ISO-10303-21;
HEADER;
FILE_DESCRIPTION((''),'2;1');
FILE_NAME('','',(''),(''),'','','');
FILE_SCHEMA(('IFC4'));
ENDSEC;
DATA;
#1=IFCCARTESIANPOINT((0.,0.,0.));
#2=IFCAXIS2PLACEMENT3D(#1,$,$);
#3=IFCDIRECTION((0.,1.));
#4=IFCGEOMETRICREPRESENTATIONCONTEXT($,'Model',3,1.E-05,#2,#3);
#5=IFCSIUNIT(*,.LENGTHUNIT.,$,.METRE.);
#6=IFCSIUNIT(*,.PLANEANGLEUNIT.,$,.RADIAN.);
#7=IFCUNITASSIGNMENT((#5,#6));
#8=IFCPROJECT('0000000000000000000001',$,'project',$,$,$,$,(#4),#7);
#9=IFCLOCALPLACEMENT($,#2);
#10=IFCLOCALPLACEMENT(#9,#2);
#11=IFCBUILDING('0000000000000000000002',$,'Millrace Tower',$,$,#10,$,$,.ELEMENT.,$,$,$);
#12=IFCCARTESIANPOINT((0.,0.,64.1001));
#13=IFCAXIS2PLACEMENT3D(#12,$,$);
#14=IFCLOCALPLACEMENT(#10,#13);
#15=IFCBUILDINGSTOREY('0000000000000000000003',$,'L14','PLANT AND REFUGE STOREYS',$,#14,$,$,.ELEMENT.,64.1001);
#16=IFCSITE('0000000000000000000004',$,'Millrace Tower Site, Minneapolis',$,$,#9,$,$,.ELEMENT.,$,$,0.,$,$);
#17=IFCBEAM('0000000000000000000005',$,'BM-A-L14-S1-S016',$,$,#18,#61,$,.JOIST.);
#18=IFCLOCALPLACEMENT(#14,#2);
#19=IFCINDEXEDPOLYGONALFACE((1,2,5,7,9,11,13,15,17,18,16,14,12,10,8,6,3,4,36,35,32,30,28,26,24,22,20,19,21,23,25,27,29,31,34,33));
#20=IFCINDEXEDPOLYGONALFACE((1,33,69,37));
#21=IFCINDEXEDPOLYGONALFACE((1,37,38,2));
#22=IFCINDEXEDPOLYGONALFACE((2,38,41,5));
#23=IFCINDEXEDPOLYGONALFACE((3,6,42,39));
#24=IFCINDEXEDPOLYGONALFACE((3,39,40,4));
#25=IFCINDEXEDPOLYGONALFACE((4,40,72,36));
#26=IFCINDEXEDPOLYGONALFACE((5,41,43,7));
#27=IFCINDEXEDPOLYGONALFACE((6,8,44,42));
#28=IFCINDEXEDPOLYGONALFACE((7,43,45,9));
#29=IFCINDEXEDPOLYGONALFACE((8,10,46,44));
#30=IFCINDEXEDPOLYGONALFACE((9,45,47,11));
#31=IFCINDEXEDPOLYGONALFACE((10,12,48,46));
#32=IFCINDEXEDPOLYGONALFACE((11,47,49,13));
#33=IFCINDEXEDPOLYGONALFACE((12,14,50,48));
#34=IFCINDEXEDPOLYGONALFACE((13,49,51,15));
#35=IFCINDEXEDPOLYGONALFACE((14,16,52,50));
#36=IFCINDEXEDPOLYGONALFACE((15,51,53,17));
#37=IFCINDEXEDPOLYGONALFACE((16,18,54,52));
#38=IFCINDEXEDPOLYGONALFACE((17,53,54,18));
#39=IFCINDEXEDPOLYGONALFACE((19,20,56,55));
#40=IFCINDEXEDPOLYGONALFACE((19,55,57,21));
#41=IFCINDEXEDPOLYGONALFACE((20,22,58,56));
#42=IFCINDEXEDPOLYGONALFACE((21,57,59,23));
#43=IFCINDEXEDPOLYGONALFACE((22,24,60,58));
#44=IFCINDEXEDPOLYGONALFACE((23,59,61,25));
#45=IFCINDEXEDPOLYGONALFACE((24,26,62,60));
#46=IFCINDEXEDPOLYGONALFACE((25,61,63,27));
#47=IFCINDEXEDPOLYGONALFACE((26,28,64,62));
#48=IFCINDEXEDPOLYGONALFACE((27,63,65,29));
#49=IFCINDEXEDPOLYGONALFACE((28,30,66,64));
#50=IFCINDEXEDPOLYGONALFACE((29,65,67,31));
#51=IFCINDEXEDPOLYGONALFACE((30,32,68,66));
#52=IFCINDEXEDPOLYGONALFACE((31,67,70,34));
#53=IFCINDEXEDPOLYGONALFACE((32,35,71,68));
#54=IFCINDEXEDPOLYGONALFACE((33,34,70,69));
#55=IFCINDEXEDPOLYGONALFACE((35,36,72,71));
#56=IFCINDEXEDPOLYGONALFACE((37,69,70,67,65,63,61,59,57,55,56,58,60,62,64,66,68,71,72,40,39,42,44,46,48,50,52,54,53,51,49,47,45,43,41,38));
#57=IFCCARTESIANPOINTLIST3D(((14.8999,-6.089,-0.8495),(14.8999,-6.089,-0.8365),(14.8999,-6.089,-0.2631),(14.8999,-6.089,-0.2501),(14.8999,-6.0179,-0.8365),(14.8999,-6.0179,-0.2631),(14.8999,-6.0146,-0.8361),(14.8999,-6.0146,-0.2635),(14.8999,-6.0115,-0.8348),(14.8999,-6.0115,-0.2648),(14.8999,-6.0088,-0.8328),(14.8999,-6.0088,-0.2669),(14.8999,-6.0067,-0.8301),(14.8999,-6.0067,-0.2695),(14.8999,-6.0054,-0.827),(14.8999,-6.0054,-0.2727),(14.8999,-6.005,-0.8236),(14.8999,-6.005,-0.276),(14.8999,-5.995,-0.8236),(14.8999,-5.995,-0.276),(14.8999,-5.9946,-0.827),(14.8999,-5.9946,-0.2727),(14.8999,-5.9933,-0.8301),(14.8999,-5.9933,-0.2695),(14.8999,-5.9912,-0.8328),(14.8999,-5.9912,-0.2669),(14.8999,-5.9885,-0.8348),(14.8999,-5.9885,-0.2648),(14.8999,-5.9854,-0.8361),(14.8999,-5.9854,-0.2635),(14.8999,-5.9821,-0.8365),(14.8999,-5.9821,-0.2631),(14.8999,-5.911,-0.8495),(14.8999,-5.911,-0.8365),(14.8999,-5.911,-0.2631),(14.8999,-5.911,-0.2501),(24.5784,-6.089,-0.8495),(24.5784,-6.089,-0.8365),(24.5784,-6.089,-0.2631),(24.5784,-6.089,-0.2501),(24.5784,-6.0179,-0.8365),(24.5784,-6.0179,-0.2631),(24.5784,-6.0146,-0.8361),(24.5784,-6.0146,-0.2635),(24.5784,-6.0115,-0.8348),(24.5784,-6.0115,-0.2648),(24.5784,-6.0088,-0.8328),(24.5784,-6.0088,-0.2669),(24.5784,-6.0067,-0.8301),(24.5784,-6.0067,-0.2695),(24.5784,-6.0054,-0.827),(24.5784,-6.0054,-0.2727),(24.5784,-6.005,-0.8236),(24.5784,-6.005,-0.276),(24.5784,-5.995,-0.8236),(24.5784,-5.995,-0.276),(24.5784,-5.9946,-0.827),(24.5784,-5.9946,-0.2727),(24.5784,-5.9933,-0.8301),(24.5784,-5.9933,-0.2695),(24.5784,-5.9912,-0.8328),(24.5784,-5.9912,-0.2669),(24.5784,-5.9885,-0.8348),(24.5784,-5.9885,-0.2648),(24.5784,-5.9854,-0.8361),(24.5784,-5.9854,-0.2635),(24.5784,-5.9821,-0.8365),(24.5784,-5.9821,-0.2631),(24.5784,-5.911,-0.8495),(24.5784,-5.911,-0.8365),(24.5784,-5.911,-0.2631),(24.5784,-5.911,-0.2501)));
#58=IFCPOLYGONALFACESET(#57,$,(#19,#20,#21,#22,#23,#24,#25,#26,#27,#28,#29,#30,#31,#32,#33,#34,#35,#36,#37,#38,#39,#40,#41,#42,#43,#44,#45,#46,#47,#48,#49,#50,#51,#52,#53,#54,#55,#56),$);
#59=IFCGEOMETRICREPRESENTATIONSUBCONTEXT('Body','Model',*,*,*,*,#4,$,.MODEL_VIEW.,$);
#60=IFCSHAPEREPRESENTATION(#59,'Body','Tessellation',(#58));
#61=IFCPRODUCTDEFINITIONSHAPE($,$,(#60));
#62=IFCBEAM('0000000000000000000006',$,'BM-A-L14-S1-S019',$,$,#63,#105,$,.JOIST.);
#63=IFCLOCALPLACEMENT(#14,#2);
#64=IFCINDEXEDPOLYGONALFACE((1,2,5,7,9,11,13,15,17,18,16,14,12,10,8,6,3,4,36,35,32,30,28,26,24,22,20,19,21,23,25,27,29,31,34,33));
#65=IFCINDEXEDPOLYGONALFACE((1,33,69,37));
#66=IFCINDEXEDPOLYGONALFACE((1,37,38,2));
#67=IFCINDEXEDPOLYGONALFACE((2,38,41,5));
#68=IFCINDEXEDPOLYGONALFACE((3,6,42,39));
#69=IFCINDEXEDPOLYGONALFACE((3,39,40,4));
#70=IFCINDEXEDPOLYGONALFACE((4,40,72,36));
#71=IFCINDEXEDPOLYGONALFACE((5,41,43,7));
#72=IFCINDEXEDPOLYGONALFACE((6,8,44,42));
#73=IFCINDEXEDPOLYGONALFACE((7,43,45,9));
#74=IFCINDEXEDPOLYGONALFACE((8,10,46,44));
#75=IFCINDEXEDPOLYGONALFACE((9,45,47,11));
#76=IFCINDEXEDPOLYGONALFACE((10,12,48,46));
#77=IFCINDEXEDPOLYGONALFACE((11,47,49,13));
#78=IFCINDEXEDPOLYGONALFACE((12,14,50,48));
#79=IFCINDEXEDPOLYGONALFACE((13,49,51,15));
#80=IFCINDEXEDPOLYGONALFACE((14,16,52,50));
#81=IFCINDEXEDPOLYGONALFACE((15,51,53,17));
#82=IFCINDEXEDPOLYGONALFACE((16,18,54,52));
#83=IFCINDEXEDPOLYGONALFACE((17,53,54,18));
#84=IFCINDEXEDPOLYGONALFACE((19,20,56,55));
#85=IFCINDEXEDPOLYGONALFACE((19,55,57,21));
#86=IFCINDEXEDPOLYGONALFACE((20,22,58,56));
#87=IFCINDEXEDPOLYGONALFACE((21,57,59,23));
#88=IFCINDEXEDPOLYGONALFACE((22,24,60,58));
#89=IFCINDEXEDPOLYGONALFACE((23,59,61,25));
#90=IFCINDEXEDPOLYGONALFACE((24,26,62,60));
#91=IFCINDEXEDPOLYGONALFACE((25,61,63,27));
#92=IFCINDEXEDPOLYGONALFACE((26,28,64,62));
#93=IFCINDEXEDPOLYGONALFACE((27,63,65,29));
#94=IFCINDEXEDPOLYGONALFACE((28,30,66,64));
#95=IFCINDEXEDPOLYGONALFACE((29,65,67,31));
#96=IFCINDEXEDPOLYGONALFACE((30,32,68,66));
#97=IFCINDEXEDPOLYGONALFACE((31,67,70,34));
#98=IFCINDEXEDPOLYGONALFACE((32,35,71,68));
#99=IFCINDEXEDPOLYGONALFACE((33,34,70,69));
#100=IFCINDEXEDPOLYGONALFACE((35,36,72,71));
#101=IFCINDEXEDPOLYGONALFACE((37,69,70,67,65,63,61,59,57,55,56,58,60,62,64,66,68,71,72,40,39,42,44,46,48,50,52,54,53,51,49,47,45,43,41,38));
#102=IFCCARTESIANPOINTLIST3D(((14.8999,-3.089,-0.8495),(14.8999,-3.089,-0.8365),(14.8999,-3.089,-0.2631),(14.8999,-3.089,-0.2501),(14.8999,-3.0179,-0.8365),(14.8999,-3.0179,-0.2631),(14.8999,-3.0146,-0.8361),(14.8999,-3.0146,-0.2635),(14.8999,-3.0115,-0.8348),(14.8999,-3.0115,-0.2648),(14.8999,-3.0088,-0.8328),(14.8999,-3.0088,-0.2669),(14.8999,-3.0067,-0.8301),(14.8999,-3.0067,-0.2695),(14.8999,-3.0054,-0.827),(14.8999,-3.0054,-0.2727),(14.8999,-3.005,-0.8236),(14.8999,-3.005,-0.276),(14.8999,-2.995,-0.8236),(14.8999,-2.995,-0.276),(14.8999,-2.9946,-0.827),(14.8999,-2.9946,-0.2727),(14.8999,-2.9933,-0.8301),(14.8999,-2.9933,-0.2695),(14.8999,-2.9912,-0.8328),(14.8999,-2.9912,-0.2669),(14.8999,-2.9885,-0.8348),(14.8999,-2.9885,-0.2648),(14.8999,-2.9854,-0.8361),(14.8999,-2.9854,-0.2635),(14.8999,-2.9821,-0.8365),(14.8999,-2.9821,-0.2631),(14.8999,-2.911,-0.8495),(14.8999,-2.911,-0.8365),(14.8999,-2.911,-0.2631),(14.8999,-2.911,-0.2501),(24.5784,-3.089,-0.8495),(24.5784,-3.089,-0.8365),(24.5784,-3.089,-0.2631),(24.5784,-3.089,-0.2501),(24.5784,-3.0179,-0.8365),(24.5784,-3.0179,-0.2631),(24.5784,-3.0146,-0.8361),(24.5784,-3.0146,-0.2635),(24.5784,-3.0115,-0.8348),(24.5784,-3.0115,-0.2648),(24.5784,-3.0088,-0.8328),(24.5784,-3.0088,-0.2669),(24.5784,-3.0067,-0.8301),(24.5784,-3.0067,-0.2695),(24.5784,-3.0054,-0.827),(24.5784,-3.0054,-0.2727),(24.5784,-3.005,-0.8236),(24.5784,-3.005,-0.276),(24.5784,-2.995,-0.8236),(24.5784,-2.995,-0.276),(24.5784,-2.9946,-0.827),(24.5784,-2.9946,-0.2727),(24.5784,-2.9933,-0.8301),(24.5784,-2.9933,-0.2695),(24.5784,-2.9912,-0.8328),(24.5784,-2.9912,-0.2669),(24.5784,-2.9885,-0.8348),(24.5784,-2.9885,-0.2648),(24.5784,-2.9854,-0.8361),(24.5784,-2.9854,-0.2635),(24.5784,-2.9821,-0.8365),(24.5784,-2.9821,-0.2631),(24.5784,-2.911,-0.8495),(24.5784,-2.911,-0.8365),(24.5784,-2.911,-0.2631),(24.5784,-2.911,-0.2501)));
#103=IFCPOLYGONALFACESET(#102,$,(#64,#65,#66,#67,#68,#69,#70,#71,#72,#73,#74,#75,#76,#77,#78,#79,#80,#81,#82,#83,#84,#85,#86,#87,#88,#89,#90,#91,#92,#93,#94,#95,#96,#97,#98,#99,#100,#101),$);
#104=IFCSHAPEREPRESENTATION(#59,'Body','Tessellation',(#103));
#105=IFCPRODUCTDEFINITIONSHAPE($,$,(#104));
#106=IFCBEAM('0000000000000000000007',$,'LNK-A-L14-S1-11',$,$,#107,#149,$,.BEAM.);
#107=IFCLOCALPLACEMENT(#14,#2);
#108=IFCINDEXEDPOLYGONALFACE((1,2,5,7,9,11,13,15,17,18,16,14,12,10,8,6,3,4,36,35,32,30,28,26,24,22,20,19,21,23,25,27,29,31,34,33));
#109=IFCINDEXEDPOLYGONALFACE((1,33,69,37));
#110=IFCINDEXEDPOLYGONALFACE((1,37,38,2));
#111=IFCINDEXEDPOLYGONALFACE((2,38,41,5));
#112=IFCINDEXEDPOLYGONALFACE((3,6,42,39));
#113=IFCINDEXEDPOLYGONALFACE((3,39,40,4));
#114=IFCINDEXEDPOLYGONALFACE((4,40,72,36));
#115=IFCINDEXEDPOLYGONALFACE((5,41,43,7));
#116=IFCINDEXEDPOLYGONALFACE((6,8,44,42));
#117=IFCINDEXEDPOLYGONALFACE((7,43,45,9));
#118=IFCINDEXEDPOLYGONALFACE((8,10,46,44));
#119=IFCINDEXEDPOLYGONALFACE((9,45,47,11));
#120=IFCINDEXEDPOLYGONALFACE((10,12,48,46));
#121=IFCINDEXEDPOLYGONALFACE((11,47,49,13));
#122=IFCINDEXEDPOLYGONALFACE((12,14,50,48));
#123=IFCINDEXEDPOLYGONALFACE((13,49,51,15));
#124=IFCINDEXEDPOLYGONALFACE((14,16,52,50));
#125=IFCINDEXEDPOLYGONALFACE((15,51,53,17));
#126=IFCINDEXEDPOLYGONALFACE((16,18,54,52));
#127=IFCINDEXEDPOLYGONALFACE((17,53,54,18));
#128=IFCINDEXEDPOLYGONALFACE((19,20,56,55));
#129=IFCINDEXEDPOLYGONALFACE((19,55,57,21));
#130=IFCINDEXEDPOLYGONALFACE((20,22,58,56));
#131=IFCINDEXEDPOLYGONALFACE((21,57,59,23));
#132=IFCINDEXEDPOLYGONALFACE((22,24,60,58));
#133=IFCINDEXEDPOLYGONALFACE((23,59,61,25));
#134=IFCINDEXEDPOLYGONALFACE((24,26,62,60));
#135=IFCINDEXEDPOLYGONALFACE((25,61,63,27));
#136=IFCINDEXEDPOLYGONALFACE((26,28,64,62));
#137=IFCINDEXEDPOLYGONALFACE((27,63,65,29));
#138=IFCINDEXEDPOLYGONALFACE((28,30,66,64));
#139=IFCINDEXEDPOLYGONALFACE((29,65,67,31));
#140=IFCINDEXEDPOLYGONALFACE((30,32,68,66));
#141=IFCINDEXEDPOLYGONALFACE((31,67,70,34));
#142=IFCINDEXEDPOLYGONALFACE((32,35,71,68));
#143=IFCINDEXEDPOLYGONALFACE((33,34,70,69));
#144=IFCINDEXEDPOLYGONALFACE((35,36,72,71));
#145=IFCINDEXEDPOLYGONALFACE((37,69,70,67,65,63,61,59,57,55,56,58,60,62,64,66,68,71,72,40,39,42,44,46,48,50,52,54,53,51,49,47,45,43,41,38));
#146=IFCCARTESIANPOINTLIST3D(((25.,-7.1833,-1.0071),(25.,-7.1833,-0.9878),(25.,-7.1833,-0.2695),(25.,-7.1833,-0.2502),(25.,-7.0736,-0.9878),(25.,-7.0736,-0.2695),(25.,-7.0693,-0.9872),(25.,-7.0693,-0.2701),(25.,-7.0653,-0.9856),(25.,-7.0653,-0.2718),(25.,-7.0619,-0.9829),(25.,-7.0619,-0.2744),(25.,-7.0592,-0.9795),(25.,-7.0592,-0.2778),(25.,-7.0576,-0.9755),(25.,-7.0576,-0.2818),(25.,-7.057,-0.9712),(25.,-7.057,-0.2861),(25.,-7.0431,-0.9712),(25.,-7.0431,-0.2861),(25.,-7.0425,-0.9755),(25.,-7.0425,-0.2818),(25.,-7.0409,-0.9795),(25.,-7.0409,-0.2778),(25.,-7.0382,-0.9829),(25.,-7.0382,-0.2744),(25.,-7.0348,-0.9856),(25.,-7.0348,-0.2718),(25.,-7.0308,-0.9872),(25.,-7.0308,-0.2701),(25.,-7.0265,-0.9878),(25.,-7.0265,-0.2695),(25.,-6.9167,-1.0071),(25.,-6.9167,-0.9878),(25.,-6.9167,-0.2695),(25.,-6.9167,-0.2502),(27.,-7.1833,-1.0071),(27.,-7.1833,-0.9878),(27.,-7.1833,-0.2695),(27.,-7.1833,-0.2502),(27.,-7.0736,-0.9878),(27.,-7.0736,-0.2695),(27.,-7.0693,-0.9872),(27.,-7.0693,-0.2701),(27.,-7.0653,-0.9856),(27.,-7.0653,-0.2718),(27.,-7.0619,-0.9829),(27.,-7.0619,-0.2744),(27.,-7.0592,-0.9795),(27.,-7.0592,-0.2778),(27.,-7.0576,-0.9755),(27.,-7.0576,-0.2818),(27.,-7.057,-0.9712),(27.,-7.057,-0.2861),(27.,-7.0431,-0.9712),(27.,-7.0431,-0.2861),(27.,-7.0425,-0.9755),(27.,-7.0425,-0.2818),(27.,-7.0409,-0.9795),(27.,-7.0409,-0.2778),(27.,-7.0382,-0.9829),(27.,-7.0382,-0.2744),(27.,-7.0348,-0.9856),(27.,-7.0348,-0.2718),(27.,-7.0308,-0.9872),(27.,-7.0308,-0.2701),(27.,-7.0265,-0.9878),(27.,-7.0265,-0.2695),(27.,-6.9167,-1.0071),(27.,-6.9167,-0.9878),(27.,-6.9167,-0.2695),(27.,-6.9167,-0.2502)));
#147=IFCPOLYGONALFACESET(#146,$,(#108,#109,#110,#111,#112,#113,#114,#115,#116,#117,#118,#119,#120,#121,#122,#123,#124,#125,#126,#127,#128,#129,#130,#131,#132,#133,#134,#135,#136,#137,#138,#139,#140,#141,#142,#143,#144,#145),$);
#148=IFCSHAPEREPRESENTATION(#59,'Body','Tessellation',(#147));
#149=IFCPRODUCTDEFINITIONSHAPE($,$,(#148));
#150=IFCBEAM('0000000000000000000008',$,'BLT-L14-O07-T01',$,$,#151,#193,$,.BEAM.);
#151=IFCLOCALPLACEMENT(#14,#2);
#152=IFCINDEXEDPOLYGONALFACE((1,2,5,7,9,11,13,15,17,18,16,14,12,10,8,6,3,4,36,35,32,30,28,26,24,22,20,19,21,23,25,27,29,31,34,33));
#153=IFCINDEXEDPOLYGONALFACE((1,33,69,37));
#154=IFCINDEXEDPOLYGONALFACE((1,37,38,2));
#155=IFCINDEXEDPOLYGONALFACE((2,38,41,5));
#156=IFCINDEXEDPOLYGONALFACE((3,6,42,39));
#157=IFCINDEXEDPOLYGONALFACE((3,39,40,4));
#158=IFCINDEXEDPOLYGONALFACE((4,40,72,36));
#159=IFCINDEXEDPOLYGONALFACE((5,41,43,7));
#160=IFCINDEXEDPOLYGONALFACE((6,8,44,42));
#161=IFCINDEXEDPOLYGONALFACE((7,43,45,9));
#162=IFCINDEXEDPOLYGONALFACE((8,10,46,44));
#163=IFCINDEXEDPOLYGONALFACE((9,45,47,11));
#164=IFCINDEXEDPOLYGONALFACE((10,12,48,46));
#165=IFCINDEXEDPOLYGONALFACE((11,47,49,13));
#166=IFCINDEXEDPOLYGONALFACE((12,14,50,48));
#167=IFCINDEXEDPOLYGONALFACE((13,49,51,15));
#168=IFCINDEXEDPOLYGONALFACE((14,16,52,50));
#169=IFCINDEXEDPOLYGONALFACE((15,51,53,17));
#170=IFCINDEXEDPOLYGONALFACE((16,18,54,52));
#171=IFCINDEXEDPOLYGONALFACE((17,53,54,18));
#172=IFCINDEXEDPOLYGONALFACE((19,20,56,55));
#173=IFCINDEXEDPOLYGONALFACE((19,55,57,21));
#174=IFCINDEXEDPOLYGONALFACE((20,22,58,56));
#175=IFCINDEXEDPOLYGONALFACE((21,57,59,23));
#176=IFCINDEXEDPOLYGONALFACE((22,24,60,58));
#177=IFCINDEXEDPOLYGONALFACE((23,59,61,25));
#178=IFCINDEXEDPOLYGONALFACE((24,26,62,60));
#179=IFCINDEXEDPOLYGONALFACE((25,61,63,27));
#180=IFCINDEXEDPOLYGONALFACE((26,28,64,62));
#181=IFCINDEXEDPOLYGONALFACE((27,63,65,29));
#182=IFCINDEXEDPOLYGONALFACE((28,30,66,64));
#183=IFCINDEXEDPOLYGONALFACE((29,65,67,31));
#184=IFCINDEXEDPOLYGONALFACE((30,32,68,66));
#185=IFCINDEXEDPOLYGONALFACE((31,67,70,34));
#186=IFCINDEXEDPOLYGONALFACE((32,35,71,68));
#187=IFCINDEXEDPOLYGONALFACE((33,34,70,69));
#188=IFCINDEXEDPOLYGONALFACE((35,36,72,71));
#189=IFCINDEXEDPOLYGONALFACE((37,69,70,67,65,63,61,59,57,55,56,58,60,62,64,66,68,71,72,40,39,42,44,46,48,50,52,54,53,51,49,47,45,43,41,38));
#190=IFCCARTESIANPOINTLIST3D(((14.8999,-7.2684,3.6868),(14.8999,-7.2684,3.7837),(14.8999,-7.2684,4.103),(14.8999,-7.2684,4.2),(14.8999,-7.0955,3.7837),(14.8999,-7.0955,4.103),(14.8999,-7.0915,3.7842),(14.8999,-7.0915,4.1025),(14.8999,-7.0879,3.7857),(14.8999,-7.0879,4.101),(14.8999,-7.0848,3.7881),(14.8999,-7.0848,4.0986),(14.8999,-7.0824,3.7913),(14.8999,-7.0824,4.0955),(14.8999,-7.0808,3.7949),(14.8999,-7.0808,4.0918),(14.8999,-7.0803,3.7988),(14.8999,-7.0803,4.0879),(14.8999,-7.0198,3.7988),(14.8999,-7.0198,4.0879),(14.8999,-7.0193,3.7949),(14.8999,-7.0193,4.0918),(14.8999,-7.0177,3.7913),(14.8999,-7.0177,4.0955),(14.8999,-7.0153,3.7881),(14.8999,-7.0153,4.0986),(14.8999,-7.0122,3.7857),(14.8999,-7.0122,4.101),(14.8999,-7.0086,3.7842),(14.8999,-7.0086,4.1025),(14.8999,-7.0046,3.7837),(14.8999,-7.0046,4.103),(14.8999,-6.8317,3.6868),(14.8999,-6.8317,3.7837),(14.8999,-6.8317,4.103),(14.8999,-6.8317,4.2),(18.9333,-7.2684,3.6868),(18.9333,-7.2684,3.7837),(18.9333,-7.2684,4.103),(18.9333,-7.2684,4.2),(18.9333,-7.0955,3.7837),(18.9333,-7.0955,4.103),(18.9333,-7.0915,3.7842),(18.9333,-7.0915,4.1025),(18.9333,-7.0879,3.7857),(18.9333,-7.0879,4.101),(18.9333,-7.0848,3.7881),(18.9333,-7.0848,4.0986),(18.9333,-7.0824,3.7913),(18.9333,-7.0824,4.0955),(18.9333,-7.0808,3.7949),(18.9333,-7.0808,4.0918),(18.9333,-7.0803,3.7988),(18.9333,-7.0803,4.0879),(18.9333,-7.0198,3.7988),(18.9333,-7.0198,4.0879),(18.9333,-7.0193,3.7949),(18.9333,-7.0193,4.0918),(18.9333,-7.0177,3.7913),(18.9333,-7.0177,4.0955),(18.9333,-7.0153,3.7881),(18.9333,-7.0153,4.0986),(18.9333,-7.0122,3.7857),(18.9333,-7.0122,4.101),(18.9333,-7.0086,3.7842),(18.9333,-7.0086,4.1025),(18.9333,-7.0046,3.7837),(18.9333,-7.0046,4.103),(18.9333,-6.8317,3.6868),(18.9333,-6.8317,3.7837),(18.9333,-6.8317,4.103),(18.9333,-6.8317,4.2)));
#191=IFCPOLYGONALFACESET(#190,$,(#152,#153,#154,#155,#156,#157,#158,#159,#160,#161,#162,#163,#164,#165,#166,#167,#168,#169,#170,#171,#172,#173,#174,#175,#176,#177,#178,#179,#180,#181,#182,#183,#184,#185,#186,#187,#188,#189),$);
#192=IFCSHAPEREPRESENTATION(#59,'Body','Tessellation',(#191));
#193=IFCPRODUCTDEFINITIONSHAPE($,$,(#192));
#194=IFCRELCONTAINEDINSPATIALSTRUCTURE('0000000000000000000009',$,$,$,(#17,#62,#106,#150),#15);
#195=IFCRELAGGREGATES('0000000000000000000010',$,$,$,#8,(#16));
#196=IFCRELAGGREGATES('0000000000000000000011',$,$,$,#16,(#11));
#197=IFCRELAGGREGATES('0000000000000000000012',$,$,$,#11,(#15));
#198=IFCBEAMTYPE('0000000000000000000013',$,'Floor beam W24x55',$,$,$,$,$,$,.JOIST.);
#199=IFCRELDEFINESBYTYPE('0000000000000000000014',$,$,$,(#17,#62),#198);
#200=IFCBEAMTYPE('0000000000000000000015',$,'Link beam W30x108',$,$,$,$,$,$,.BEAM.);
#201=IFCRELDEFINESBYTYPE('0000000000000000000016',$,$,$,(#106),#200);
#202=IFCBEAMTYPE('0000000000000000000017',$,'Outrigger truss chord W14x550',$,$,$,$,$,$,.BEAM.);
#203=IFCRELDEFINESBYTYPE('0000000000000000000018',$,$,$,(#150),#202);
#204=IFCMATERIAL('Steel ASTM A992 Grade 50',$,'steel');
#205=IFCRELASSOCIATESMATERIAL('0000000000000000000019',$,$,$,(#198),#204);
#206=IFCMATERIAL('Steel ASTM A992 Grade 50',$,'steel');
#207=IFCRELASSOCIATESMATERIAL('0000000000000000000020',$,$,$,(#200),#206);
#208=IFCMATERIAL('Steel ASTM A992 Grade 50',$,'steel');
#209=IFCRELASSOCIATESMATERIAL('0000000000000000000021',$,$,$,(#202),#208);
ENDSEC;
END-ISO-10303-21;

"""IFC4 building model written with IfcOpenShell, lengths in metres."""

from ifc_helpers import new_model, si_unit, direction, frame, origin, origin_2d, place, context, subcontext, project, spatial, i_section, extrude, material, material_profile, profile_set, type_object, element, save


model = new_model("IFC4")

# Units and contexts
model_context = context("Model", 3, precision=1e-05, world=origin(), true_north=direction((0.0, 1.0)))
body_context = subcontext(model_context, "Body", "Model", "MODEL_VIEW")
ifc_project = project(units=[si_unit("LENGTHUNIT", "METRE"), si_unit("PLANEANGLEUNIT", "RADIAN")], contexts=[model_context])

# Site, building, storey
site_placement = place(None, origin())
site = spatial("IfcSite", under=ifc_project, at=site_placement, Name="Millrace Tower Site, Minneapolis", CompositionType="ELEMENT", RefElevation=0.0)
building_placement = place(site_placement, origin())
building = spatial("IfcBuilding", under=site, at=building_placement, Name="Millrace Tower", CompositionType="ELEMENT")
storey_placement = place(building_placement, frame((0.0, 0.0, 64.1001)))
storey = spatial("IfcBuildingStorey", under=building, at=storey_placement, Name="L14", Description="PLANT AND REFUGE STOREYS", CompositionType="ELEMENT", Elevation=64.1001)

# Beams
ifc_material_1 = material(Name="Steel ASTM A992 Grade 50", Category="steel")
ifc_material_profile_1 = material_profile(ifc_material_1, i_section(OverallWidth=0.178, OverallDepth=0.5994, WebThickness=0.01, FlangeThickness=0.0129, FilletRadius=0.0129, at=origin_2d()))
ifc_profile_set_1 = profile_set([ifc_material_profile_1], Name="Steel ASTM A992 Grade 50")
beam_type_1 = type_object("IfcBeamType", Name="Floor beam W24x55", PredefinedType="JOIST", material=ifc_profile_set_1)
for number, where, z_axis, x_axis, name in (
    (1, (14.8999, -6.0, -0.5498), (1.0, 0.0, 0.0), (0.0, 1.0, 0.0), "BM-A-L14-S1-S016"),
    (2, (14.8999, -3.0, -0.5498), (1.0, 0.0, 0.0), (0.0, 1.0, 0.0), "BM-A-L14-S1-S019"),
):
    element("IfcBeam", number, at=place(storey_placement, frame(where, z_axis=z_axis, x_axis=x_axis)), inside=storey, type_object=beam_type_1, Name=name, PredefinedType="JOIST", context=body_context, shape_type="SweptSolid", body=[
        extrude(i_section(OverallWidth=0.178, OverallDepth=0.5994, WebThickness=0.01, FlangeThickness=0.0129, FilletRadius=0.0129, at=origin_2d()), origin(), (0.0, 0.0, 1.0), 9.6785),
    ])
ifc_material_2 = material(Name="Steel ASTM A992 Grade 50", Category="steel")
ifc_material_profile_2 = material_profile(ifc_material_2, i_section(OverallWidth=0.2666, OverallDepth=0.7568, WebThickness=0.0139, FlangeThickness=0.0193, FilletRadius=0.0166, at=origin_2d()))
ifc_profile_set_2 = profile_set([ifc_material_profile_2], Name="Steel ASTM A992 Grade 50")
beam_type_2 = type_object("IfcBeamType", Name="Link beam W30x108", PredefinedType="BEAM", material=ifc_profile_set_2)
beam_1_placement = place(storey_placement, frame((25.0, -7.05, -0.6287), z_axis=(1.0, 0.0, 0.0), x_axis=(0.0, 1.0, 0.0)))
element("IfcBeam", 3, at=beam_1_placement, inside=storey, type_object=beam_type_2, Name="LNK-A-L14-S1-11", PredefinedType="BEAM", context=body_context, shape_type="SweptSolid", body=[
    extrude(i_section(OverallWidth=0.2666, OverallDepth=0.7568, WebThickness=0.0139, FlangeThickness=0.0193, FilletRadius=0.0166, at=origin_2d()), origin(), (0.0, 0.0, 1.0), 2.0),
])
ifc_material_3 = material(Name="Steel ASTM A992 Grade 50", Category="steel")
ifc_material_profile_3 = material_profile(ifc_material_3, i_section(OverallWidth=0.4368, OverallDepth=0.5132, WebThickness=0.0605, FlangeThickness=0.0969, FilletRadius=0.0151, at=origin_2d()))
ifc_profile_set_3 = profile_set([ifc_material_profile_3], Name="Steel ASTM A992 Grade 50")
beam_type_3 = type_object("IfcBeamType", Name="Outrigger truss chord W14x550", PredefinedType="BEAM", material=ifc_profile_set_3)
beam_2_placement = place(storey_placement, frame((14.8999, -7.05, 3.9434), z_axis=(1.0, 0.0, 0.0), x_axis=(0.0, 1.0, 0.0)))
element("IfcBeam", 4, at=beam_2_placement, inside=storey, type_object=beam_type_3, Name="BLT-L14-O07-T01", PredefinedType="BEAM", context=body_context, shape_type="SweptSolid", body=[
    extrude(i_section(OverallWidth=0.4368, OverallDepth=0.5132, WebThickness=0.0605, FlangeThickness=0.0969, FilletRadius=0.0151, at=origin_2d()), origin(), (0.0, 0.0, 1.0), 4.0334),
])

save(model, "model.ifc")
